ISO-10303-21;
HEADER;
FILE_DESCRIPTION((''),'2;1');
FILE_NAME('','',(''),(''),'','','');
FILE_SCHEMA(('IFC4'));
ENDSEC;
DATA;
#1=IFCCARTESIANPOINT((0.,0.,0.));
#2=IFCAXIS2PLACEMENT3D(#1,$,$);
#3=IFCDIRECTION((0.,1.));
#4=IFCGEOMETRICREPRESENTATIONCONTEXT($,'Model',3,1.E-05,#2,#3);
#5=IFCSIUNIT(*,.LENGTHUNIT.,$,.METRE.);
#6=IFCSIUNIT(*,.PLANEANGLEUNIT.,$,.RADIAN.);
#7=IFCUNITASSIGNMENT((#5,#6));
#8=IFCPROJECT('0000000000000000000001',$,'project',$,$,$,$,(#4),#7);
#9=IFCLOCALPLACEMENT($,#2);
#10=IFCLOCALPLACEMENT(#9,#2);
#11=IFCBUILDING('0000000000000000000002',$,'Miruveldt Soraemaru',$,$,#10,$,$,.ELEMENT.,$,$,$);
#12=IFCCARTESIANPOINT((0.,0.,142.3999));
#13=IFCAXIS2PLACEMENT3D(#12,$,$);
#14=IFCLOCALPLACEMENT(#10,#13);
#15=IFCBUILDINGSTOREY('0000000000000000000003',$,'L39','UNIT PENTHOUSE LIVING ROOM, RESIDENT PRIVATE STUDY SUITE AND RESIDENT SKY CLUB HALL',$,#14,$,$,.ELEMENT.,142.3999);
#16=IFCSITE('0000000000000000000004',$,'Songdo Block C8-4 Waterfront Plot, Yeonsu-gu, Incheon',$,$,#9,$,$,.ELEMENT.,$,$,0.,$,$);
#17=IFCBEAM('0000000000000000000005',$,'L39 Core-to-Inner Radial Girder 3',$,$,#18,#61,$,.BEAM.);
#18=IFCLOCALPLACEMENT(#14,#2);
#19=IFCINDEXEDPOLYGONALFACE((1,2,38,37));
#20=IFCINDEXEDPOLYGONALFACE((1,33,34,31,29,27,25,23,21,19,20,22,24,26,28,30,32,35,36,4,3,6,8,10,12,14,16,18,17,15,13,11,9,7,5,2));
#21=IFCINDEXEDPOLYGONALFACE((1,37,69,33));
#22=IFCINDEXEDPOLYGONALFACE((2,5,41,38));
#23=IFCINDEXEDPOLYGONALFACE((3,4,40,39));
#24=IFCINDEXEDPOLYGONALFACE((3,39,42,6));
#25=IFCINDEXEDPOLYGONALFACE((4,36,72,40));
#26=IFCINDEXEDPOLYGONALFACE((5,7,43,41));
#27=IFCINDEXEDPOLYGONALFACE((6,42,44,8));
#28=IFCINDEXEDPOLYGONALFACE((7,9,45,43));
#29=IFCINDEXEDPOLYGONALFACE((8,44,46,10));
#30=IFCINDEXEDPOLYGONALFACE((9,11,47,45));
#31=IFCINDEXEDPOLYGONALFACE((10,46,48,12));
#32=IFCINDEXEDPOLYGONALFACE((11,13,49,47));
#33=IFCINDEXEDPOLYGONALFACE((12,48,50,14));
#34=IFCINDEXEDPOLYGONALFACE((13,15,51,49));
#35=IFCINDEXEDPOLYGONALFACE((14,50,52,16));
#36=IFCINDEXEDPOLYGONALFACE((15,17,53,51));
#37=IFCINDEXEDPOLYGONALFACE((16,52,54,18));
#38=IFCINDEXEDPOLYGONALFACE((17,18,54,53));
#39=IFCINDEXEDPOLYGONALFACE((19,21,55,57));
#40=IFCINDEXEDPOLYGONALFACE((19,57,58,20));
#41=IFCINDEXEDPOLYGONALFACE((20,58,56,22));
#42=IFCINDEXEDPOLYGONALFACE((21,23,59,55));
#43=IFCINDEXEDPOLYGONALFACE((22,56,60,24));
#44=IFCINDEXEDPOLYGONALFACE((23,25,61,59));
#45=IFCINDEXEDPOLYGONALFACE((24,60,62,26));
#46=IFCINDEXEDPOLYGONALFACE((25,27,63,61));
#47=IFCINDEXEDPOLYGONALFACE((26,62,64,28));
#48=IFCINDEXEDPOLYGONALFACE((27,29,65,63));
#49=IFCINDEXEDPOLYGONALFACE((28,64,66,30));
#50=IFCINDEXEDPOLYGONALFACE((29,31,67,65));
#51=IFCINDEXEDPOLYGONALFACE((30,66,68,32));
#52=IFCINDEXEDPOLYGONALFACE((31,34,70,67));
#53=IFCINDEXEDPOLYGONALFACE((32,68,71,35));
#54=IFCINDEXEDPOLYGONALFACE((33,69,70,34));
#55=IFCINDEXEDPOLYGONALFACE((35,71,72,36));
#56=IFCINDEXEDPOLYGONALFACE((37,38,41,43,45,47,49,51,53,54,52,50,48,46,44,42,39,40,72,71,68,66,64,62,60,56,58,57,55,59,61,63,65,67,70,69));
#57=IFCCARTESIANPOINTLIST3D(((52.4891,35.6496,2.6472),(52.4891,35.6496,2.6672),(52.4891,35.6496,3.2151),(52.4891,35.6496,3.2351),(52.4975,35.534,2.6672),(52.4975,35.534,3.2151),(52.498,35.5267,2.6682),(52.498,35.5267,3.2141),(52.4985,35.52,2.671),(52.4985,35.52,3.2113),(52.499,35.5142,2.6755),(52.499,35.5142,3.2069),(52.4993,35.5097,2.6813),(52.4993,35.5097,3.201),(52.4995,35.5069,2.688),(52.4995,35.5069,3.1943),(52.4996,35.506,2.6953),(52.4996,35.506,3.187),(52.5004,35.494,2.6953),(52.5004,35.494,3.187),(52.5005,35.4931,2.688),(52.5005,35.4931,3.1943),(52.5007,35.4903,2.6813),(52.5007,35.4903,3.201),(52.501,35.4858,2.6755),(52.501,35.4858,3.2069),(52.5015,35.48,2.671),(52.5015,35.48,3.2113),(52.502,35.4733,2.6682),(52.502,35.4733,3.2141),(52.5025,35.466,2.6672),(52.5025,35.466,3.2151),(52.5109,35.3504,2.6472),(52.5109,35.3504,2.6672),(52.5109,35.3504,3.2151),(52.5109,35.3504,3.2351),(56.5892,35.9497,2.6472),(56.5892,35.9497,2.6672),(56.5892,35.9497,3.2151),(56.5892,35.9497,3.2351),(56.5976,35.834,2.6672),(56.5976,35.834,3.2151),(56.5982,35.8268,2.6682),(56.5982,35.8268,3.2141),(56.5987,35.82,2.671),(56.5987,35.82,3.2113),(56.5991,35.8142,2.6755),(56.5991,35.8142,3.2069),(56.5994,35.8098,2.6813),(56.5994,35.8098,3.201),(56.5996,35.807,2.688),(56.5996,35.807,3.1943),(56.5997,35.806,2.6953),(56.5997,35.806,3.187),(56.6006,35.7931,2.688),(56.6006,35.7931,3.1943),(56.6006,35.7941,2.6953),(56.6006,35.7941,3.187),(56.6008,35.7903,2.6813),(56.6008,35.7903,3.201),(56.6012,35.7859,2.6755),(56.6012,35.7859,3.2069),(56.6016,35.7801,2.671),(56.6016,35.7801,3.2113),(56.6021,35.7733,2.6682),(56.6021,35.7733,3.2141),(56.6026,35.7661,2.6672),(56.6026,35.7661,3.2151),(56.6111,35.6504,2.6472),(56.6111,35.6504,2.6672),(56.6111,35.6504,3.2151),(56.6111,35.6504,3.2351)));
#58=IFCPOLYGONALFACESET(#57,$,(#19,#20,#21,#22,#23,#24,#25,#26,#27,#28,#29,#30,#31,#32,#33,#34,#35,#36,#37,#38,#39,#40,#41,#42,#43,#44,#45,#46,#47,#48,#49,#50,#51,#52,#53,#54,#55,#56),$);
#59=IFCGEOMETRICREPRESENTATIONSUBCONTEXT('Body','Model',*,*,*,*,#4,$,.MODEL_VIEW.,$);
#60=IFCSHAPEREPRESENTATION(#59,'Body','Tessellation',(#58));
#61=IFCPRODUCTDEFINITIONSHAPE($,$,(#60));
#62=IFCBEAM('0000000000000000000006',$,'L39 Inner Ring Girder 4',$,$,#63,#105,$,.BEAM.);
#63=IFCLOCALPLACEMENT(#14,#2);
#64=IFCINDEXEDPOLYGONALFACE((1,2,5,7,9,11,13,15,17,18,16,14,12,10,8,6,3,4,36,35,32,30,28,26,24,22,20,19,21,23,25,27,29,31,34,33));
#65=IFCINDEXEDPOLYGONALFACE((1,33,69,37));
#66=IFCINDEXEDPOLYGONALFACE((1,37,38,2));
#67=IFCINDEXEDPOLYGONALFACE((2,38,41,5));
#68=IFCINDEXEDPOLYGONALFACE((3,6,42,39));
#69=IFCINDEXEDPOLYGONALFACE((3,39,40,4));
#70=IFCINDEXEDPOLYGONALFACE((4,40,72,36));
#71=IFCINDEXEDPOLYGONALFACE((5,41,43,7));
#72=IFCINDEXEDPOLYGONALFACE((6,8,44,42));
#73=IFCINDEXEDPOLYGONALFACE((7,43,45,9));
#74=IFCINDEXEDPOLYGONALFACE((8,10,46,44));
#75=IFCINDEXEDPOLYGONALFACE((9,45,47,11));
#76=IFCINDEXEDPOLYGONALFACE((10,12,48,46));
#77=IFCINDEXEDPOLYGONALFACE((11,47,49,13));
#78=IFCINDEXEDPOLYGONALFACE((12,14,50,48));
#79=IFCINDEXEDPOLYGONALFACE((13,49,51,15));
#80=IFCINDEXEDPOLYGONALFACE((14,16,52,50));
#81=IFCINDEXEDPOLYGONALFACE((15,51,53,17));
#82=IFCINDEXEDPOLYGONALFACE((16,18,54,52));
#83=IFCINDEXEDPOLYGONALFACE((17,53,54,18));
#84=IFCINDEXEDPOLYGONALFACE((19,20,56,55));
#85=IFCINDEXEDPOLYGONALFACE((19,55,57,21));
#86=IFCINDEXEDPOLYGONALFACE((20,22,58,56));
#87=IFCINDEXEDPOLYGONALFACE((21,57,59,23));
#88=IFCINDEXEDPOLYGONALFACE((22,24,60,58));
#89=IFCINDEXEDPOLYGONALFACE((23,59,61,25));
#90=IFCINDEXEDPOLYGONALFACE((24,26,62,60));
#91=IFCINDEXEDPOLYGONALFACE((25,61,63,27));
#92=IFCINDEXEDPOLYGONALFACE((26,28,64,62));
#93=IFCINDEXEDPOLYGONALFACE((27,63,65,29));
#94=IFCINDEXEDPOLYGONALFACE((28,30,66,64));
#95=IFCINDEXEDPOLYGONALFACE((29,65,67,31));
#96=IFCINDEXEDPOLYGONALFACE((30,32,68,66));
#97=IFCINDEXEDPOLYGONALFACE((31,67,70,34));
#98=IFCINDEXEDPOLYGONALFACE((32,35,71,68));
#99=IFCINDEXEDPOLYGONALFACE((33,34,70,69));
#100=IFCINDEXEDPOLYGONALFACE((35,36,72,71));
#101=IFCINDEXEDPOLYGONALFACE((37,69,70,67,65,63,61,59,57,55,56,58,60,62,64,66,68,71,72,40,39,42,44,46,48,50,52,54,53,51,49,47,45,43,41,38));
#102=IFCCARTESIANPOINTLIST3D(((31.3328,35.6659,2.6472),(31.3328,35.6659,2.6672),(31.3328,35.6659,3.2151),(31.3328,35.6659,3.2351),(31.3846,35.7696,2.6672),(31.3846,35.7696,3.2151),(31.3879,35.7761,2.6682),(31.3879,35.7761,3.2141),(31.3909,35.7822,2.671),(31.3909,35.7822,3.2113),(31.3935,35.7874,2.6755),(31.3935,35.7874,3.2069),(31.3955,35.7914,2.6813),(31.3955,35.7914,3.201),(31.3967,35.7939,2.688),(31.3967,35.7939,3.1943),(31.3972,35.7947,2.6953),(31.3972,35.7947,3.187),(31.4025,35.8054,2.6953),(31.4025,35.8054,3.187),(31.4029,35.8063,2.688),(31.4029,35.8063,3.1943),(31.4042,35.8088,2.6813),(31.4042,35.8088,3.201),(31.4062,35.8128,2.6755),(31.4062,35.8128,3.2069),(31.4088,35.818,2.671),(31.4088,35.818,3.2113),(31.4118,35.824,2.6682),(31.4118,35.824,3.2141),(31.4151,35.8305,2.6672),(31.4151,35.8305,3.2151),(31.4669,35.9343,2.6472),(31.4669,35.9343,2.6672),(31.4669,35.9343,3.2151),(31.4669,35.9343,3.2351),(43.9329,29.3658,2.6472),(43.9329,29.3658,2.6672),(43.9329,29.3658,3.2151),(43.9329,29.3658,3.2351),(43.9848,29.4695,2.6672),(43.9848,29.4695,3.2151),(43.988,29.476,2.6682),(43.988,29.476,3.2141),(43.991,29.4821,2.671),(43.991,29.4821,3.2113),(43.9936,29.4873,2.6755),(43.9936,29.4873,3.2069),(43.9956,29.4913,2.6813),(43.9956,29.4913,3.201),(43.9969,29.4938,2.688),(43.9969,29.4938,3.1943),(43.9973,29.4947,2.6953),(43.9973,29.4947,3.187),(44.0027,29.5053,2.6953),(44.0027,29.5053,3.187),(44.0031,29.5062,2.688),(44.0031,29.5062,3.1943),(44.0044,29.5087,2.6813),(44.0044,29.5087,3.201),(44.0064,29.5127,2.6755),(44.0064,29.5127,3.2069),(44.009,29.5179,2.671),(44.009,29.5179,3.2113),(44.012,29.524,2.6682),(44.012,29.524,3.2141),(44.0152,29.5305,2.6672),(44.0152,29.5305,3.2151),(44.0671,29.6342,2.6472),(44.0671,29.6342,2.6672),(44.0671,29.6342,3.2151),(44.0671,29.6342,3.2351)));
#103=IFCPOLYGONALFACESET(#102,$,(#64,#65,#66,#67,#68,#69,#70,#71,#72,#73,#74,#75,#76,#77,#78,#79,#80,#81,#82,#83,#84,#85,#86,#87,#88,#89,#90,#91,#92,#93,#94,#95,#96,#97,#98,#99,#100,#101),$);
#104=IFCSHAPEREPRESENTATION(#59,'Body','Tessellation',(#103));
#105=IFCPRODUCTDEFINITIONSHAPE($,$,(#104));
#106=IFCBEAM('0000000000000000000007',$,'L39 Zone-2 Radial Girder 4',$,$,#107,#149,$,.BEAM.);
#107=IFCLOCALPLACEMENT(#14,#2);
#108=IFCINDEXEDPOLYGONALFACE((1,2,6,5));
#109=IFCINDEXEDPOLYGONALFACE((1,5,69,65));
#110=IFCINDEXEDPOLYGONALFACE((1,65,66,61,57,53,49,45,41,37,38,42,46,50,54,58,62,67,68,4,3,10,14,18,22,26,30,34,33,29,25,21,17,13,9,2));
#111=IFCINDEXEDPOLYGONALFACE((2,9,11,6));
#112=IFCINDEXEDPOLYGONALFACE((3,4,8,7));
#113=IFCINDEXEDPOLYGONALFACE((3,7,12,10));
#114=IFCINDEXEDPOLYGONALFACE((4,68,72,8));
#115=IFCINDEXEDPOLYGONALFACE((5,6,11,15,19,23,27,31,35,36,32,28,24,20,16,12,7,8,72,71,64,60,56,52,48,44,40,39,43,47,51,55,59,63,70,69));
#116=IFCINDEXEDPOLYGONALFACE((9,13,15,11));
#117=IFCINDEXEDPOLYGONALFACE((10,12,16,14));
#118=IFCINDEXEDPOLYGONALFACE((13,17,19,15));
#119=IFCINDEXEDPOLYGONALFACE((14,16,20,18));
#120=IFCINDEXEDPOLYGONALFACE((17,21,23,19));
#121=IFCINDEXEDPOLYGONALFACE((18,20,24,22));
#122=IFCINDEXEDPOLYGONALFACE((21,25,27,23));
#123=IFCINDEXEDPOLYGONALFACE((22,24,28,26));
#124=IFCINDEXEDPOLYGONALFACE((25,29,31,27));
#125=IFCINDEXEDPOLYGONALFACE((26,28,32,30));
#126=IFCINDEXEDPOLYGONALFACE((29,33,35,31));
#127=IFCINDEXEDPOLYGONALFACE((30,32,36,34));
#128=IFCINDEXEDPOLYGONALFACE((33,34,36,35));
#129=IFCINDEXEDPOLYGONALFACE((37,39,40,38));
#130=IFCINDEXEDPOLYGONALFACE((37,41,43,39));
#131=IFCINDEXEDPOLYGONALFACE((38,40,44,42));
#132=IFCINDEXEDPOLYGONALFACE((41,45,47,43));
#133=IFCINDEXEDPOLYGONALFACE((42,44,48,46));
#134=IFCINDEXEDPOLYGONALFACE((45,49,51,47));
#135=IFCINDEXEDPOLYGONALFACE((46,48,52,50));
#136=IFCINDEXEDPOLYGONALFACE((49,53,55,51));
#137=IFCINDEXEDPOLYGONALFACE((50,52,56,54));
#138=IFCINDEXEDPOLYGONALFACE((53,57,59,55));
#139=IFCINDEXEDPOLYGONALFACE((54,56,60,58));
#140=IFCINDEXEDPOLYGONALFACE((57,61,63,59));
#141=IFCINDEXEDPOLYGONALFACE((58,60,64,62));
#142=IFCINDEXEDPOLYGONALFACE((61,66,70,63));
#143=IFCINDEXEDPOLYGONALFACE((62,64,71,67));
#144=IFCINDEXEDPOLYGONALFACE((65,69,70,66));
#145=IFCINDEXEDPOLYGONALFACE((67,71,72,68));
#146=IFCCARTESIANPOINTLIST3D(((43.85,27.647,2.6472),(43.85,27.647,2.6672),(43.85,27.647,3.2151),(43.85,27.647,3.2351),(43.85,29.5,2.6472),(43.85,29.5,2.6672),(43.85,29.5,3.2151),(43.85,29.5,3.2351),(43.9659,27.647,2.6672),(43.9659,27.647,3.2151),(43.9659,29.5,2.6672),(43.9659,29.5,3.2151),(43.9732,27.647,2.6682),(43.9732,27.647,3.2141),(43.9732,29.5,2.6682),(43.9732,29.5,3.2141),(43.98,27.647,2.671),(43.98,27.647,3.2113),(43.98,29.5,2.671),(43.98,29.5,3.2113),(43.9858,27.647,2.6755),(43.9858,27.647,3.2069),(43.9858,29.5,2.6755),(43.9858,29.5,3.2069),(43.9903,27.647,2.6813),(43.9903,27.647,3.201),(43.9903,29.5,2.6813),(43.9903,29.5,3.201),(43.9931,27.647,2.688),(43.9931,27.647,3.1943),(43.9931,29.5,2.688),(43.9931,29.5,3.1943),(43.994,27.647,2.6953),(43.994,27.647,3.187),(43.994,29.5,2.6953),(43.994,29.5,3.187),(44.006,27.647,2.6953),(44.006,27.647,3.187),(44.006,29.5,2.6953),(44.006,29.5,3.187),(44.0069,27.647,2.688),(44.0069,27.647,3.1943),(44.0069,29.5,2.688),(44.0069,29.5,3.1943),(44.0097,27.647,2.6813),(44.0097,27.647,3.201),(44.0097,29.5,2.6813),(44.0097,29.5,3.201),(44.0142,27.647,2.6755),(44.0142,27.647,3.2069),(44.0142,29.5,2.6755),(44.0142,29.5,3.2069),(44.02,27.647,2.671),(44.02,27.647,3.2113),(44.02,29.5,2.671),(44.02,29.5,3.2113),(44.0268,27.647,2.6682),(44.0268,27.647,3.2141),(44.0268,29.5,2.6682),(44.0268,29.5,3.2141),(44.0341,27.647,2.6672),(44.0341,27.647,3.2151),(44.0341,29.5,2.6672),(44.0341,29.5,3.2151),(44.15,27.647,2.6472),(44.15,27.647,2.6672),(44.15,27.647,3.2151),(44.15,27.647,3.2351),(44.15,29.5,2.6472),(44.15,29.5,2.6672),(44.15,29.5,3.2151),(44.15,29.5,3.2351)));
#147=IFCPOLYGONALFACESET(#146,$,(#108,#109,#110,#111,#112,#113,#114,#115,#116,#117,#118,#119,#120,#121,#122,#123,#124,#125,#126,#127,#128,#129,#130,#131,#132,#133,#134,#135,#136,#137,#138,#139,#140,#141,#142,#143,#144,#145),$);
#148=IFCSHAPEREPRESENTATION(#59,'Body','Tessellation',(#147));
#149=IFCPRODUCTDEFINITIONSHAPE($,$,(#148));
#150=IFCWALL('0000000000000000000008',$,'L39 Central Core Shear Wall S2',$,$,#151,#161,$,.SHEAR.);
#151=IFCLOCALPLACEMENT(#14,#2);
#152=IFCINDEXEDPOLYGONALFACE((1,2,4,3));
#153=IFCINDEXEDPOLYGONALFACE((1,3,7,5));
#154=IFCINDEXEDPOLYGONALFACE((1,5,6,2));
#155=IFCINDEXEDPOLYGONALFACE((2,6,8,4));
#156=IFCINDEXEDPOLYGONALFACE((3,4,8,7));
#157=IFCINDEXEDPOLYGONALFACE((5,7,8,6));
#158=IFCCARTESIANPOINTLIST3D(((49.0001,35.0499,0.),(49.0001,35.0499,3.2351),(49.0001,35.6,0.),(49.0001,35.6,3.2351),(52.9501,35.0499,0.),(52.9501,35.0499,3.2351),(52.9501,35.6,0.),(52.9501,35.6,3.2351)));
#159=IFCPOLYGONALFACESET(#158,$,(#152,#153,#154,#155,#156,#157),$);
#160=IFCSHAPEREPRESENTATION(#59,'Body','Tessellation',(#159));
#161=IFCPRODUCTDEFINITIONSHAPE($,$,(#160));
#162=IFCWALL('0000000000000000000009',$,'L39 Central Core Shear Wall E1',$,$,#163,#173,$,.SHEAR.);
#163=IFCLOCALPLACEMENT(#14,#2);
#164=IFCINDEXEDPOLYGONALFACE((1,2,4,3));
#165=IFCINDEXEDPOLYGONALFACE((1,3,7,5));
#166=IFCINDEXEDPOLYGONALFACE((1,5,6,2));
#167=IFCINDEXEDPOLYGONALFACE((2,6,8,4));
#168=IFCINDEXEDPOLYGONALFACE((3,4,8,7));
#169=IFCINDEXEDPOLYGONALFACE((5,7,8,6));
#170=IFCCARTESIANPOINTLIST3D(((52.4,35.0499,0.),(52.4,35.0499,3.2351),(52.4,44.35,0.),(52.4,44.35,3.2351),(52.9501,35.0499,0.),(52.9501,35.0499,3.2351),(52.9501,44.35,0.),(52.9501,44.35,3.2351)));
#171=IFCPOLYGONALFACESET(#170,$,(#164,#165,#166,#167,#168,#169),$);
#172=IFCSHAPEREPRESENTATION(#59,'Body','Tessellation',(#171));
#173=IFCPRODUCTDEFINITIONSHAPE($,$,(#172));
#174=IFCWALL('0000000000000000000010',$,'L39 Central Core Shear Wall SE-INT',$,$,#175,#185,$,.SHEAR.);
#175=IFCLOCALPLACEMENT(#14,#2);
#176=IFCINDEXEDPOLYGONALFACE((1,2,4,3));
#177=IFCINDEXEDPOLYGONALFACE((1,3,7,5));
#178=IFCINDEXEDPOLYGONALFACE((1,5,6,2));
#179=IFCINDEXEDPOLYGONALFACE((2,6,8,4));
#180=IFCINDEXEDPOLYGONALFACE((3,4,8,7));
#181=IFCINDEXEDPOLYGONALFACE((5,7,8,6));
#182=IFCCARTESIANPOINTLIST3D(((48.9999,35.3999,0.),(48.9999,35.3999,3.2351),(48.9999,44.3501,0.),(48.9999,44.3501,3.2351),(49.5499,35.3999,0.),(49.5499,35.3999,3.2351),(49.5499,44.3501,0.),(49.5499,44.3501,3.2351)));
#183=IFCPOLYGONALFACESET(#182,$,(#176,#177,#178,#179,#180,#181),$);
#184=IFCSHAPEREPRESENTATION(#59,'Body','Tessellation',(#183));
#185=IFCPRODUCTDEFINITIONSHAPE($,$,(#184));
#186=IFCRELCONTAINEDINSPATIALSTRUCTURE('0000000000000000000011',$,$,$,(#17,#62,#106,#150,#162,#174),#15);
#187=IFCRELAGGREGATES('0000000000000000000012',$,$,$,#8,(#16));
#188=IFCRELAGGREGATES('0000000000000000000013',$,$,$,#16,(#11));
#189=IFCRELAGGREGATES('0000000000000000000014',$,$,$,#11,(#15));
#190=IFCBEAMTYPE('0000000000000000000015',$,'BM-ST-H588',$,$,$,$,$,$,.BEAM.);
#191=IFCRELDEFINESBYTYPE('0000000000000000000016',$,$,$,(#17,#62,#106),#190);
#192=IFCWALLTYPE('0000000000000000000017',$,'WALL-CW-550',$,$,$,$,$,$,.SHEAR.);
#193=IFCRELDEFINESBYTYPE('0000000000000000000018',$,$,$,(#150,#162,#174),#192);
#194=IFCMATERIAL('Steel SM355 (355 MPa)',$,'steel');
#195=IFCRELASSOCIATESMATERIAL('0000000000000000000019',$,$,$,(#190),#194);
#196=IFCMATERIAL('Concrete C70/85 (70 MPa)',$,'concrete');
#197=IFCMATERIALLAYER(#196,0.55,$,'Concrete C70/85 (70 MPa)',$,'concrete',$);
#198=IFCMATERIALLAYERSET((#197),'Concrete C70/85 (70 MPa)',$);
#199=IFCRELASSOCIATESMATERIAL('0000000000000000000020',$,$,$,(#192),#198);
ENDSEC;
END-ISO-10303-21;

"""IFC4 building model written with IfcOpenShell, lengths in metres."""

from ifc_helpers import new_model, si_unit, direction, frame, frame_2d, origin, origin_2d, place, context, subcontext, project, spatial, rectangle, i_section, extrude, material, layer, layer_set, material_profile, profile_set, type_object, element, save


model = new_model("IFC4")

# Units and contexts
model_context = context("Model", 3, precision=1e-05, world=origin(), true_north=direction((0.0, 1.0)))
body_context = subcontext(model_context, "Body", "Model", "MODEL_VIEW")
ifc_project = project(units=[si_unit("LENGTHUNIT", "METRE"), si_unit("PLANEANGLEUNIT", "RADIAN")], contexts=[model_context])

# Site, building, storey
site_placement = place(None, origin())
site = spatial("IfcSite", under=ifc_project, at=site_placement, Name="Songdo Block C8-4 Waterfront Plot, Yeonsu-gu, Incheon", CompositionType="ELEMENT", RefElevation=0.0)
building_placement = place(site_placement, origin())
building = spatial("IfcBuilding", under=site, at=building_placement, Name="Miruveldt Soraemaru", CompositionType="ELEMENT")
storey_placement = place(building_placement, frame((0.0, 0.0, 142.3999)))
storey = spatial("IfcBuildingStorey", under=building, at=storey_placement, Name="L39", Description="UNIT PENTHOUSE LIVING ROOM, RESIDENT PRIVATE STUDY SUITE AND RESIDENT SKY CLUB HALL", CompositionType="ELEMENT", Elevation=142.3999)

# Shared definitions
ifc_material_1 = material(Name="Concrete C70/85 (70 MPa)", Category="concrete")

# Beams
ifc_material_2 = material(Name="Steel SM355 (355 MPa)", Category="steel")
ifc_material_profile_1 = material_profile(ifc_material_2, i_section(OverallWidth=0.3, OverallDepth=0.5879, WebThickness=0.012, FlangeThickness=0.02, FilletRadius=0.0281, at=origin_2d()), Name="Steel SM355 (355 MPa)", Category="steel")
ifc_profile_set_1 = profile_set([ifc_material_profile_1], Name="Steel SM355 (355 MPa)")
beam_type_1 = type_object("IfcBeamType", Name="BM-ST-H588", PredefinedType="BEAM", material=ifc_profile_set_1)
beam_1_placement = place(storey_placement, frame((52.5, 35.5, 2.9412), z_axis=(0.997333, 0.072986, 0.0), x_axis=(-0.072986, 0.997333, 0.0)))
element("IfcBeam", 1, at=beam_1_placement, inside=storey, type_object=beam_type_1, Name="L39 Core-to-Inner Radial Girder 3", PredefinedType="BEAM", context=body_context, shape_type="SweptSolid", body=[
    extrude(i_section(OverallWidth=0.3, OverallDepth=0.5879, WebThickness=0.012, FlangeThickness=0.02, FilletRadius=0.0281, at=origin_2d()), origin(), (0.0, 0.0, 1.0), 4.1111),
])
beam_2_placement = place(storey_placement, frame((44.0, 29.5, 2.9412), z_axis=(-0.894427, 0.447214, 0.0), x_axis=(-0.447214, -0.894427, 0.0)))
element("IfcBeam", 2, at=beam_2_placement, inside=storey, type_object=beam_type_1, Name="L39 Inner Ring Girder 4", PredefinedType="BEAM", context=body_context, shape_type="SweptSolid", body=[
    extrude(i_section(OverallWidth=0.3, OverallDepth=0.5879, WebThickness=0.012, FlangeThickness=0.02, FilletRadius=0.0281, at=origin_2d()), origin(), (0.0, 0.0, 1.0), 14.0874),
])
beam_3_placement = place(storey_placement, frame((44.0, 29.5, 2.9412), z_axis=(0.0, -1.0, 0.0), x_axis=(1.0, 0.0, 0.0)))
element("IfcBeam", 3, at=beam_3_placement, inside=storey, type_object=beam_type_1, Name="L39 Zone-2 Radial Girder 4", PredefinedType="BEAM", context=body_context, shape_type="SweptSolid", body=[
    extrude(i_section(OverallWidth=0.3, OverallDepth=0.5879, WebThickness=0.012, FlangeThickness=0.02, FilletRadius=0.0281, at=origin_2d()), origin(), (0.0, 0.0, 1.0), 1.853),
])

# Walls
ifc_layer_1 = layer(ifc_material_1, 0.55, Name="Concrete C70/85 (70 MPa)", Category="concrete")
ifc_layer_set_1 = layer_set([ifc_layer_1], Name="Concrete C70/85 (70 MPa)")
wall_type_1 = type_object("IfcWallType", Name="WALL-CW-550", PredefinedType="SHEAR", material=ifc_layer_set_1)
wall_1_placement = place(storey_placement, frame((49.0, 35.325, 0.0), z_axis=(0.0, 0.0, 1.0), x_axis=(1.0, 0.0, 0.0)))
element("IfcWall", 4, at=wall_1_placement, inside=storey, type_object=wall_type_1, Name="L39 Central Core Shear Wall S2", PredefinedType="SHEAR", context=body_context, shape_type="SweptSolid", body=[
    extrude(rectangle(XDim=3.95, YDim=0.55, at=frame_2d((1.9751, 0.0))), origin(), (0.0, 0.0, 1.0), 3.2351),
])
wall_2_placement = place(storey_placement, frame((52.675, 35.05, 0.0), z_axis=(0.0, 0.0, 1.0), x_axis=(0.0, 1.0, 0.0)))
element("IfcWall", 5, at=wall_2_placement, inside=storey, type_object=wall_type_1, Name="L39 Central Core Shear Wall E1", PredefinedType="SHEAR", context=body_context, shape_type="SweptSolid", body=[
    extrude(rectangle(XDim=9.3, YDim=0.55, at=frame_2d((4.6499, 0.0))), origin(), (0.0, 0.0, 1.0), 3.2351),
])
wall_3_placement = place(storey_placement, frame((49.2749, 35.3999, 0.0), z_axis=(0.0, 0.0, 1.0), x_axis=(0.0, 1.0, 0.0)))
element("IfcWall", 6, at=wall_3_placement, inside=storey, type_object=wall_type_1, Name="L39 Central Core Shear Wall SE-INT", PredefinedType="SHEAR", context=body_context, shape_type="SweptSolid", body=[
    extrude(rectangle(XDim=8.9502, YDim=0.55, at=frame_2d((4.4751, 0.0))), origin(), (0.0, 0.0, 1.0), 3.2351),
])

save(model, "model.ifc")
